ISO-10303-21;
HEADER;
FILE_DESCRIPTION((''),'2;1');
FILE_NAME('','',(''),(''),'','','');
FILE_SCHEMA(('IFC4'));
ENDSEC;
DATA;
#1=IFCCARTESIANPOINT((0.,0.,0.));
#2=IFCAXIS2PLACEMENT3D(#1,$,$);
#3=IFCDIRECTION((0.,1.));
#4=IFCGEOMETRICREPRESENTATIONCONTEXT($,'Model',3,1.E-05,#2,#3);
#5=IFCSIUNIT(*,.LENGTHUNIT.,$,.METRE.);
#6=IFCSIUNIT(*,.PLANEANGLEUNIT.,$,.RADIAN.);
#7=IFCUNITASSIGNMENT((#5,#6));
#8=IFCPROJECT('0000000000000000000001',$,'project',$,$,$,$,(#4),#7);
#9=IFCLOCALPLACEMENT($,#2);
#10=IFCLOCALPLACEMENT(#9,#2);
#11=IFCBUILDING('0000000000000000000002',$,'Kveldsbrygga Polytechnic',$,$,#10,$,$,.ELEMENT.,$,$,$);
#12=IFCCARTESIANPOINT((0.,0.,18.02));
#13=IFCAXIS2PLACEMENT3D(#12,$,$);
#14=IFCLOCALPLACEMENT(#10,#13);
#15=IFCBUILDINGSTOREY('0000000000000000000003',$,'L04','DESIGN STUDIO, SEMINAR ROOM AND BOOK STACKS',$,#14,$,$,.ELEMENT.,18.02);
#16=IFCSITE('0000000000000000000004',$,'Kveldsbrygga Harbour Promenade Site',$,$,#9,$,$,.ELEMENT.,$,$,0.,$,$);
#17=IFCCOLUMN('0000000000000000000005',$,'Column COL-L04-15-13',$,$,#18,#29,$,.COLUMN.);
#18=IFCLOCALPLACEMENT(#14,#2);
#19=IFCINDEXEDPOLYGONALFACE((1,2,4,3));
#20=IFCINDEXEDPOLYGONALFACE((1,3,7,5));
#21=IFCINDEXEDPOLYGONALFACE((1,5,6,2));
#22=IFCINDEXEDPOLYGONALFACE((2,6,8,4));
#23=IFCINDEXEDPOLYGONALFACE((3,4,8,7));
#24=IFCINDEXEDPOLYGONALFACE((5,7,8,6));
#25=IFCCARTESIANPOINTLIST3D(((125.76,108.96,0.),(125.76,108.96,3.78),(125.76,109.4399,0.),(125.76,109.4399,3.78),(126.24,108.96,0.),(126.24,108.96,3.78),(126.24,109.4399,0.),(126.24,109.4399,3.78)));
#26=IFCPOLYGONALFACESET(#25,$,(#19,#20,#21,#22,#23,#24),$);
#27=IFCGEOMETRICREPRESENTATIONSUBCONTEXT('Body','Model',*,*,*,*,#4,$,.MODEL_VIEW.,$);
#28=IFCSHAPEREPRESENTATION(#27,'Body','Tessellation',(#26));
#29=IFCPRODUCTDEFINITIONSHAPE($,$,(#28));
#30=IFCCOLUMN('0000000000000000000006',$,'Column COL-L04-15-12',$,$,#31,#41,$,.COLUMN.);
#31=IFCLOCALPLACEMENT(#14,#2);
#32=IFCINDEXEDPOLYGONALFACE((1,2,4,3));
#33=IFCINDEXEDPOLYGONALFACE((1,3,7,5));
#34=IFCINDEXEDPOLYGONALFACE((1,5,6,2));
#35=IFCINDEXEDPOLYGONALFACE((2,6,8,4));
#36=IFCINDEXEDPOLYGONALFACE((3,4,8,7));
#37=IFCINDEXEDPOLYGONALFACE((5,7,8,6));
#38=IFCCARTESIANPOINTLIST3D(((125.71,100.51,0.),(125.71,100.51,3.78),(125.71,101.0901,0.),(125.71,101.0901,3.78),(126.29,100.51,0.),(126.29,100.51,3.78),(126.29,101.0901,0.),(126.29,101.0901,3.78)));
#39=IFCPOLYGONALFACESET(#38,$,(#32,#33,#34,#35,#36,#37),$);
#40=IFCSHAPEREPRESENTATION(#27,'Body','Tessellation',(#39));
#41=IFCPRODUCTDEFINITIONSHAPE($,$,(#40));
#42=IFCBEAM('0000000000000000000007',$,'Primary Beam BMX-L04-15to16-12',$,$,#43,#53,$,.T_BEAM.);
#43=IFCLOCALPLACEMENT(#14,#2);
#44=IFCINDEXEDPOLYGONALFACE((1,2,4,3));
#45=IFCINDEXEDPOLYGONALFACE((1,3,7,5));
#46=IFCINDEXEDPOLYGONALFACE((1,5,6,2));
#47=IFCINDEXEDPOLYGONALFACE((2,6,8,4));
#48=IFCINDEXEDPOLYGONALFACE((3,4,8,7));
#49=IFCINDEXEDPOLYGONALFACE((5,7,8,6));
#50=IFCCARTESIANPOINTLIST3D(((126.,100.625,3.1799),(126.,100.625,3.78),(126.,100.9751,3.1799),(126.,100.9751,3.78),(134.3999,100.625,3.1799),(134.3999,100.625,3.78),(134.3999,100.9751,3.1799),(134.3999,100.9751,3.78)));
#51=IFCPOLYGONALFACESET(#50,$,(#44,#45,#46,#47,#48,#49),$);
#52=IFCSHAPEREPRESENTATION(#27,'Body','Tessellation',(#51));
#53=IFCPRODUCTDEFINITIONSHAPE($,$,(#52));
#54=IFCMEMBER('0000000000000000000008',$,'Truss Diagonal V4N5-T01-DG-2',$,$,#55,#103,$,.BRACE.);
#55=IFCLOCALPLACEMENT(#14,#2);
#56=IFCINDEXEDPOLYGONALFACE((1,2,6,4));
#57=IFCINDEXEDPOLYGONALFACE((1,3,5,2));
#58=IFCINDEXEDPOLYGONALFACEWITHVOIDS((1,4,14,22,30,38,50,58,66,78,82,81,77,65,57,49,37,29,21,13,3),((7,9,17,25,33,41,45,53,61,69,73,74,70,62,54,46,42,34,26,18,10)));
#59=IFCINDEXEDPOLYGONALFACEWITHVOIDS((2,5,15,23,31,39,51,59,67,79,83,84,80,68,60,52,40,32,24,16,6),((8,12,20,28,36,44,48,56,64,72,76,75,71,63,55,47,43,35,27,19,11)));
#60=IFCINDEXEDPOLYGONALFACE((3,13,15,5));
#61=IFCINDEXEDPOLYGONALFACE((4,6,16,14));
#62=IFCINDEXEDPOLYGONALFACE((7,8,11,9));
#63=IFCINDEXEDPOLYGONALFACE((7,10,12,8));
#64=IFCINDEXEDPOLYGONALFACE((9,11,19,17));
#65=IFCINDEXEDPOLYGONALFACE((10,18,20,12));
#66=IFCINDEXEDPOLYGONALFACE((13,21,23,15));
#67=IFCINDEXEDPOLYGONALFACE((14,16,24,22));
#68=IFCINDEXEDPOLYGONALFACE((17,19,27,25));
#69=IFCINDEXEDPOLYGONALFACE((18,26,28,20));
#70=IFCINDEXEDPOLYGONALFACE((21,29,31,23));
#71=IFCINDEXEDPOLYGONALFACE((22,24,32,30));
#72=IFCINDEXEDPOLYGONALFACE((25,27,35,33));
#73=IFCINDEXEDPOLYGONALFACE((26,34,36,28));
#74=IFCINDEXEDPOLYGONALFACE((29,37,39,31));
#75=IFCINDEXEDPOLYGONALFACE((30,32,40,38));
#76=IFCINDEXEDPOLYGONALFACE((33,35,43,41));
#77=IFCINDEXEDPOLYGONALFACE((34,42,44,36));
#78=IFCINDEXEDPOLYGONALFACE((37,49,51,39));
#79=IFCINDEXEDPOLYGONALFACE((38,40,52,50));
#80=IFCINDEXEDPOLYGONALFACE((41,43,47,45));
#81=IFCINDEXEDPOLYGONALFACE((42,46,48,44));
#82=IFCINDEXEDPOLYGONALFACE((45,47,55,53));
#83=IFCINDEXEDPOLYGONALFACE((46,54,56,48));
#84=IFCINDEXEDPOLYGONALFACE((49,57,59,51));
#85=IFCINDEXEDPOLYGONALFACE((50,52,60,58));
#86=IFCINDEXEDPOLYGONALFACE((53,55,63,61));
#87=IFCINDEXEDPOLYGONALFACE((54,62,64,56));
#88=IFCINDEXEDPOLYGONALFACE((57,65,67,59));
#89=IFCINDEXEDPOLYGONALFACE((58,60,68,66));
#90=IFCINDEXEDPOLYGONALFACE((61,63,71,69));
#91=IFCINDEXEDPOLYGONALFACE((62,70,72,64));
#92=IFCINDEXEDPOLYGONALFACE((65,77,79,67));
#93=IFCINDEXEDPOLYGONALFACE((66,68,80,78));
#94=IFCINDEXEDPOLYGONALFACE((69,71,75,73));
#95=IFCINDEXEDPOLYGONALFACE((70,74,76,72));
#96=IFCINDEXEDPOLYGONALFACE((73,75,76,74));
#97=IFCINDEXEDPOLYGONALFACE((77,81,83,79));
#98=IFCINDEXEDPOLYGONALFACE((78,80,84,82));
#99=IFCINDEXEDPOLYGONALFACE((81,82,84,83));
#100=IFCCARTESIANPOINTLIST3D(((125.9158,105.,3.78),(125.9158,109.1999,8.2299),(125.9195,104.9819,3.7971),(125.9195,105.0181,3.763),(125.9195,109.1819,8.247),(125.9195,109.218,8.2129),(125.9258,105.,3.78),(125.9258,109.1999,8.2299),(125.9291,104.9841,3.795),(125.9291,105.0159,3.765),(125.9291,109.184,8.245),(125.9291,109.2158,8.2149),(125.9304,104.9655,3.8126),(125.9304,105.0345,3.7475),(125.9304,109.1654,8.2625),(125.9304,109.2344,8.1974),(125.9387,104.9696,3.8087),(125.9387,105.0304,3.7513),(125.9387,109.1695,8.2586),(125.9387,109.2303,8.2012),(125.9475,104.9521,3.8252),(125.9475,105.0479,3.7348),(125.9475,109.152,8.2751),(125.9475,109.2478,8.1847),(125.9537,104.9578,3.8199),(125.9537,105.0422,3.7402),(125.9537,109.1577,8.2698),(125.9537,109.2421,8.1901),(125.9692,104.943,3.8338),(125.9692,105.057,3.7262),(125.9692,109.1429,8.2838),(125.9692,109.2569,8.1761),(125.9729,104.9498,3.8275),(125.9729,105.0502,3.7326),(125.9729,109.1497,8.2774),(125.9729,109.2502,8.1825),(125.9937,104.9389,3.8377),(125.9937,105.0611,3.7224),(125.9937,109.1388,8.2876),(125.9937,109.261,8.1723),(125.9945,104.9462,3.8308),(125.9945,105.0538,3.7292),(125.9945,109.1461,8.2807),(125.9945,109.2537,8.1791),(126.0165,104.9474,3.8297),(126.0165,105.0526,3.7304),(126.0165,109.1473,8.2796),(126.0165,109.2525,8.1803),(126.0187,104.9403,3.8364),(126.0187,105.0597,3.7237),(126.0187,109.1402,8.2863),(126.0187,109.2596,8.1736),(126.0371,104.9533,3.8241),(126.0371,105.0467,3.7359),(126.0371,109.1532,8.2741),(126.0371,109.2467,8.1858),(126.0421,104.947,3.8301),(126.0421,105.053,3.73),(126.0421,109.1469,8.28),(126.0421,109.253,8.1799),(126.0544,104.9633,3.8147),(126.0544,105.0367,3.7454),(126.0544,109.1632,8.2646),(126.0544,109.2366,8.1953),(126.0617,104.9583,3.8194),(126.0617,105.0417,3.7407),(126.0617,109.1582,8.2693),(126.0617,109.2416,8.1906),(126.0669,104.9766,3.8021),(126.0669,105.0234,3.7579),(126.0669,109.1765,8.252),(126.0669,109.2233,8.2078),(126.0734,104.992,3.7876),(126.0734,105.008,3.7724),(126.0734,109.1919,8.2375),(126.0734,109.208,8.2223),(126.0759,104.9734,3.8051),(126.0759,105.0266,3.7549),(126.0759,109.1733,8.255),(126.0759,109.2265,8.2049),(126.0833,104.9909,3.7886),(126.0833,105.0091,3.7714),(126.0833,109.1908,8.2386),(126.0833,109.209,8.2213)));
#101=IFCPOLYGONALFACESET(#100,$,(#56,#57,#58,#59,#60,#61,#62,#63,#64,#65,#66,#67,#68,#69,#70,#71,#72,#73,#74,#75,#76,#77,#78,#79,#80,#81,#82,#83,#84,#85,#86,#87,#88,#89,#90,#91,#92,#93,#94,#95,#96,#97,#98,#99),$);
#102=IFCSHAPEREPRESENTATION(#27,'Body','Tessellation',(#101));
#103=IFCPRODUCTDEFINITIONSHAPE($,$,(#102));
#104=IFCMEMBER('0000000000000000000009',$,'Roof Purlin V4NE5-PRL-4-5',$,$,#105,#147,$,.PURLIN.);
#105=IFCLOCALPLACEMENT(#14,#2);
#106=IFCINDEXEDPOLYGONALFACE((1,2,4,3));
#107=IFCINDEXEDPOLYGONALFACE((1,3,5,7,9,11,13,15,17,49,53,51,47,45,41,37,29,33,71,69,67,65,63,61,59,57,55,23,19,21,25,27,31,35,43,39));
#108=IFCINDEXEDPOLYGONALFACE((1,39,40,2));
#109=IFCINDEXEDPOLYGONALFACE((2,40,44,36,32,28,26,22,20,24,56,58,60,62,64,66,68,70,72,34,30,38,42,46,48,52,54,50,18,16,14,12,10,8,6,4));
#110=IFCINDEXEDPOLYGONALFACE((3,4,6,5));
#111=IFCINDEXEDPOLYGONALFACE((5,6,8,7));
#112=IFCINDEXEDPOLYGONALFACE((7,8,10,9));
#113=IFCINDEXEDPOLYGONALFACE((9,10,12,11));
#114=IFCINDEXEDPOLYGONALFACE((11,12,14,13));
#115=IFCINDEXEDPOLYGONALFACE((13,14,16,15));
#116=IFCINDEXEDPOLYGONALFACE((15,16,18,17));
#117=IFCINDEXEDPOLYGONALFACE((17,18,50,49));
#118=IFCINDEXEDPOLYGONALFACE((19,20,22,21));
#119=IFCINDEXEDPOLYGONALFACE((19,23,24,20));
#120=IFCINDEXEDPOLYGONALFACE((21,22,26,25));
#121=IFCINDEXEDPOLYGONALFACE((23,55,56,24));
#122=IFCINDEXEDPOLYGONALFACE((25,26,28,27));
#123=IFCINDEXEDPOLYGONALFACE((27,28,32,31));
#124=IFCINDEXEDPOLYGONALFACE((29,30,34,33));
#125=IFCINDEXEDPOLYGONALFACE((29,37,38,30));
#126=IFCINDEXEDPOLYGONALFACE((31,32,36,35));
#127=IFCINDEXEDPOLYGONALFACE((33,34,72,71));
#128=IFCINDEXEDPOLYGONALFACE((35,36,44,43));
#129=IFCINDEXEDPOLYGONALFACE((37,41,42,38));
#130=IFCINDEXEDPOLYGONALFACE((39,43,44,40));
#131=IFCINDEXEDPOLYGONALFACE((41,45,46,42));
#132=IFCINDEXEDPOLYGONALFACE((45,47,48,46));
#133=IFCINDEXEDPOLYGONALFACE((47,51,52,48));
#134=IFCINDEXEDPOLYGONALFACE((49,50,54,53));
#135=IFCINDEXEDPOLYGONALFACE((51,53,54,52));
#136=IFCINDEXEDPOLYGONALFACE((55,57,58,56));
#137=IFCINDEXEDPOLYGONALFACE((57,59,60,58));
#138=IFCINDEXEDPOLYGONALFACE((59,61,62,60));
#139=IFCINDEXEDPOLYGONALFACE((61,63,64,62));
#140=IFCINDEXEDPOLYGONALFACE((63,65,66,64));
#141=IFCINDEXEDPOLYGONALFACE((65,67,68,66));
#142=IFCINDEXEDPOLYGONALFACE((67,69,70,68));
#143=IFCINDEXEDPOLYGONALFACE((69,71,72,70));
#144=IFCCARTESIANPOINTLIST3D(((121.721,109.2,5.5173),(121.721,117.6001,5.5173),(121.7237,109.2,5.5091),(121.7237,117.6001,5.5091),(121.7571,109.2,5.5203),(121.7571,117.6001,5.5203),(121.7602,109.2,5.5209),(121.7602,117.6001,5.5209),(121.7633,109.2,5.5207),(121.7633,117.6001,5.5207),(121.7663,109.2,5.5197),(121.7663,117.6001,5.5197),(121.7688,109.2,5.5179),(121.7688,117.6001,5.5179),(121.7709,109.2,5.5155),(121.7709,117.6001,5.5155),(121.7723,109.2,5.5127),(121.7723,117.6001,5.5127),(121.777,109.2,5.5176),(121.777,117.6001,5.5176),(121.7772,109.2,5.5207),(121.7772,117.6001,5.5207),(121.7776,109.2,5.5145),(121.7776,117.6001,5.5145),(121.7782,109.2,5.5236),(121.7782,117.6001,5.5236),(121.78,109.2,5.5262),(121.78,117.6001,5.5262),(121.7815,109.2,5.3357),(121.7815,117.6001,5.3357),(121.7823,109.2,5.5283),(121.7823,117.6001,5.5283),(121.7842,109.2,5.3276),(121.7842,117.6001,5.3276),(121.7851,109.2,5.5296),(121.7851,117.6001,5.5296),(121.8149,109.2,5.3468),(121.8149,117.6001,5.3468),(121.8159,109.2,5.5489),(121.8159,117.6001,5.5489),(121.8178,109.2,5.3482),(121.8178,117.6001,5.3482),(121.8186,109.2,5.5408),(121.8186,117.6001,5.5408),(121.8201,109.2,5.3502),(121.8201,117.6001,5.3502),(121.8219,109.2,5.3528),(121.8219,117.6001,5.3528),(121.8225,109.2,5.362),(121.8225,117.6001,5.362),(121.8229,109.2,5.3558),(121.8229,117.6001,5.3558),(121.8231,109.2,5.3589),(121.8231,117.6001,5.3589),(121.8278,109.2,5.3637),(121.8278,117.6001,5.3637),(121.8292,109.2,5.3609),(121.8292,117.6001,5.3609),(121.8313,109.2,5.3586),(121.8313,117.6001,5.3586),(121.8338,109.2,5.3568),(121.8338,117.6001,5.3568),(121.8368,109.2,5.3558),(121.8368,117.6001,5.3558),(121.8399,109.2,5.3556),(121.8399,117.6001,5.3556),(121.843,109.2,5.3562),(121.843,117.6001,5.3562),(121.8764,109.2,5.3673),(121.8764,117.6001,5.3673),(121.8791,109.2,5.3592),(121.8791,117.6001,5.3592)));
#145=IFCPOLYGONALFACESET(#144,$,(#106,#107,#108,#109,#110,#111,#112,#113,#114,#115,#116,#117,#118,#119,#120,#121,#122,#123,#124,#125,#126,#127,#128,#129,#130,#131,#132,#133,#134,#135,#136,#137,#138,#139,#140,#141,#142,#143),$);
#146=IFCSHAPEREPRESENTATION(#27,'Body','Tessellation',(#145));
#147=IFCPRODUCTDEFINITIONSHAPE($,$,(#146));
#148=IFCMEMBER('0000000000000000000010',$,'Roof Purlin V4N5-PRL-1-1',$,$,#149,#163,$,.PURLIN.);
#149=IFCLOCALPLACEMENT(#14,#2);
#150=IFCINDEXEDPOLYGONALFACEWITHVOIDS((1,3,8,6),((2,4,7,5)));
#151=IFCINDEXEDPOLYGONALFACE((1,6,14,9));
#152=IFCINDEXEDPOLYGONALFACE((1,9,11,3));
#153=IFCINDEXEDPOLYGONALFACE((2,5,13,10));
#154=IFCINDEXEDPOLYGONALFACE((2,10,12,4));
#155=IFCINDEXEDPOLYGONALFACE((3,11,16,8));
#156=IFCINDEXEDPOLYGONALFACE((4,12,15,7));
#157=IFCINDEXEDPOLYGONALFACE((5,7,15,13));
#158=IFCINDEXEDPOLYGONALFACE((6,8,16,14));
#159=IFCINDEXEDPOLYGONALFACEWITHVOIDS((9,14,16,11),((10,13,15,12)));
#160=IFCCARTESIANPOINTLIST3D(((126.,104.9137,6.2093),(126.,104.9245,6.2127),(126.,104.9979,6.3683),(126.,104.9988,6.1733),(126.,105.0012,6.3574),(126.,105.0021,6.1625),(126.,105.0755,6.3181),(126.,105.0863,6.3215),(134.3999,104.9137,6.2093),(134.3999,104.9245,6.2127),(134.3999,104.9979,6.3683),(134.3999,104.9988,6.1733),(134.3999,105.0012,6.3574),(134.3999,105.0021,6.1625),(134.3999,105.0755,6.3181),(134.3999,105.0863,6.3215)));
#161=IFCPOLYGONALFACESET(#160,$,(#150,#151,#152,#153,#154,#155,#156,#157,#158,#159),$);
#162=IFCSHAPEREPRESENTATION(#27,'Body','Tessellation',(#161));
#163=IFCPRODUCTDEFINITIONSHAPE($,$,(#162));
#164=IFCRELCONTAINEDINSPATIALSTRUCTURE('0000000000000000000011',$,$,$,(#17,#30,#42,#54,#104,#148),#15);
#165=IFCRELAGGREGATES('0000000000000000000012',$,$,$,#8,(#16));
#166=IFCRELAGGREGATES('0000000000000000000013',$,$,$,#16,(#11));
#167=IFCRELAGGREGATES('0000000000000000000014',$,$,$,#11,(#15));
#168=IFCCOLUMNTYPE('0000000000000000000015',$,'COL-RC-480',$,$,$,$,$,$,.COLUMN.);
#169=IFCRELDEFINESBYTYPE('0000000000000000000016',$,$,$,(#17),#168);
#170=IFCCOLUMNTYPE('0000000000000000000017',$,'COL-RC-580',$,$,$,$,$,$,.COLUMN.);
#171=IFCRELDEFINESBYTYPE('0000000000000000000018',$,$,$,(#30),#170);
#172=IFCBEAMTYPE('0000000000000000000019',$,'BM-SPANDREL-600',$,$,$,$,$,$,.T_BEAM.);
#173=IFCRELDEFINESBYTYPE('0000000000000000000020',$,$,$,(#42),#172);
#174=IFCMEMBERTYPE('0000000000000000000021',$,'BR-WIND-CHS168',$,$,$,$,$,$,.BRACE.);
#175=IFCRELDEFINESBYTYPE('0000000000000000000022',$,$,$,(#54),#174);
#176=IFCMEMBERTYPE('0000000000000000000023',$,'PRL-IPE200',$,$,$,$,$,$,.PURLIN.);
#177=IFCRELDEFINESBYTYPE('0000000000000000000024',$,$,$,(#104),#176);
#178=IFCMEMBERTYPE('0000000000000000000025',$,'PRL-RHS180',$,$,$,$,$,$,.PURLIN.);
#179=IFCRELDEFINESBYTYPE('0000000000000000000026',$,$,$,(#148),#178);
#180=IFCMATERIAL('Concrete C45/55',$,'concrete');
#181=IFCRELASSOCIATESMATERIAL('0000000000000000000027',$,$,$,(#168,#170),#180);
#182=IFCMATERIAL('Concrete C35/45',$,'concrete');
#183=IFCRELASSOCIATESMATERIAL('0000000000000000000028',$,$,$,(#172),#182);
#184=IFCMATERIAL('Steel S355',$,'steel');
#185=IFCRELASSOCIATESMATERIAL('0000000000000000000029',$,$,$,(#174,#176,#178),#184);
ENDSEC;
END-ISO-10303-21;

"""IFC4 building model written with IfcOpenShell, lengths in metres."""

from ifc_helpers import new_model, si_unit, direction, frame, origin, origin_2d, place, context, subcontext, project, spatial, rectangle, hollow_rectangle, hollow_circle, i_section, extrude, material, material_profile, profile_set, type_object, element, save


model = new_model("IFC4")

# Units and contexts
model_context = context("Model", 3, precision=1e-05, world=origin(), true_north=direction((0.0, 1.0)))
body_context = subcontext(model_context, "Body", "Model", "MODEL_VIEW")
ifc_project = project(units=[si_unit("LENGTHUNIT", "METRE"), si_unit("PLANEANGLEUNIT", "RADIAN")], contexts=[model_context])

# Site, building, storey
site_placement = place(None, origin())
site = spatial("IfcSite", under=ifc_project, at=site_placement, Name="Kveldsbrygga Harbour Promenade Site", CompositionType="ELEMENT", RefElevation=0.0)
building_placement = place(site_placement, origin())
building = spatial("IfcBuilding", under=site, at=building_placement, Name="Kveldsbrygga Polytechnic", CompositionType="ELEMENT")
storey_placement = place(building_placement, frame((0.0, 0.0, 18.02)))
storey = spatial("IfcBuildingStorey", under=building, at=storey_placement, Name="L04", Description="DESIGN STUDIO, SEMINAR ROOM AND BOOK STACKS", CompositionType="ELEMENT", Elevation=18.02)

# Columns
ifc_material_1 = material(Name="Concrete C45/55", Category="concrete")
ifc_material_profile_1 = material_profile(ifc_material_1, rectangle(XDim=0.48, YDim=0.48, at=origin_2d()), Name="RC 480x480")
ifc_profile_set_1 = profile_set([ifc_material_profile_1], Name="Concrete C45/55")
column_type_1 = type_object("IfcColumnType", Name="COL-RC-480", PredefinedType="COLUMN", material=ifc_profile_set_1)
column_1_placement = place(storey_placement, frame((126.0, 109.2, 0.0), z_axis=(0.0, 0.0, 1.0), x_axis=(1.0, 0.0, 0.0)))
element("IfcColumn", 1, at=column_1_placement, inside=storey, type_object=column_type_1, Name="Column COL-L04-15-13", PredefinedType="COLUMN", context=body_context, shape_type="SweptSolid", body=[
    extrude(rectangle(XDim=0.48, YDim=0.48, at=origin_2d()), origin(), (0.0, 0.0, 1.0), 3.78),
])
ifc_material_profile_2 = material_profile(ifc_material_1, rectangle(XDim=0.5801, YDim=0.5801, at=origin_2d()), Name="RC 580x580")
ifc_profile_set_2 = profile_set([ifc_material_profile_2], Name="Concrete C45/55")
column_type_2 = type_object("IfcColumnType", Name="COL-RC-580", PredefinedType="COLUMN", material=ifc_profile_set_2)
column_2_placement = place(storey_placement, frame((126.0, 100.8, 0.0), z_axis=(0.0, 0.0, 1.0), x_axis=(1.0, 0.0, 0.0)))
element("IfcColumn", 2, at=column_2_placement, inside=storey, type_object=column_type_2, Name="Column COL-L04-15-12", PredefinedType="COLUMN", context=body_context, shape_type="SweptSolid", body=[
    extrude(rectangle(XDim=0.5801, YDim=0.5801, at=origin_2d()), origin(), (0.0, 0.0, 1.0), 3.78),
])

# Beam
ifc_material_2 = material(Name="Concrete C35/45", Category="concrete")
ifc_material_profile_3 = material_profile(ifc_material_2, rectangle(XDim=0.3501, YDim=0.6001, at=origin_2d()), Name="RC 350x600")
ifc_profile_set_3 = profile_set([ifc_material_profile_3], Name="Concrete C35/45")
beam_type = type_object("IfcBeamType", Name="BM-SPANDREL-600", PredefinedType="T_BEAM", material=ifc_profile_set_3)
beam_placement = place(storey_placement, frame((126.0, 100.8, 3.48), z_axis=(1.0, 0.0, 0.0), x_axis=(0.0, 1.0, 0.0)))
element("IfcBeam", 3, at=beam_placement, inside=storey, type_object=beam_type, Name="Primary Beam BMX-L04-15to16-12", PredefinedType="T_BEAM", context=body_context, shape_type="SweptSolid", body=[
    extrude(rectangle(XDim=0.3501, YDim=0.6001, at=origin_2d()), origin(), (0.0, 0.0, 1.0), 8.3999),
])

# Members
ifc_material_3 = material(Name="Steel S355", Category="steel")
ifc_material_profile_4 = material_profile(ifc_material_3, hollow_circle(Radius=0.0842, WallThickness=0.01, at=origin_2d()), Name="CHS 168.3x10.0")
ifc_profile_set_4 = profile_set([ifc_material_profile_4], Name="Steel S355")
member_type_1 = type_object("IfcMemberType", Name="BR-WIND-CHS168", PredefinedType="BRACE", material=ifc_profile_set_4)
member_1_placement = place(storey_placement, frame((126.0, 105.0, 3.78), z_axis=(0.0, 0.686383, 0.72724), x_axis=(-1.0, 0.0, 0.0)))
element("IfcMember", 4, at=member_1_placement, inside=storey, type_object=member_type_1, Name="Truss Diagonal V4N5-T01-DG-2", PredefinedType="BRACE", context=body_context, shape_type="SweptSolid", body=[
    extrude(hollow_circle(Radius=0.0842, WallThickness=0.01, at=origin_2d()), origin(), (0.0, 0.0, 1.0), 6.1189),
])
ifc_material_profile_5 = material_profile(ifc_material_3, i_section(OverallWidth=0.1001, OverallDepth=0.2, WebThickness=0.0056, FlangeThickness=0.0085, FilletRadius=0.012, at=origin_2d()), Name="IPE 200")
ifc_profile_set_5 = profile_set([ifc_material_profile_5], Name="Steel S355")
member_type_2 = type_object("IfcMemberType", Name="PRL-IPE200", PredefinedType="PURLIN", material=ifc_profile_set_5)
member_2_placement = place(storey_placement, frame((121.8, 109.2, 5.4382), z_axis=(0.0, 1.0, 0.0), x_axis=(-0.948684, 0.0, -0.316227)))
element("IfcMember", 5, at=member_2_placement, inside=storey, type_object=member_type_2, Name="Roof Purlin V4NE5-PRL-4-5", PredefinedType="PURLIN", context=body_context, shape_type="SweptSolid", body=[
    extrude(i_section(OverallWidth=0.1001, OverallDepth=0.2, WebThickness=0.0056, FlangeThickness=0.0085, FilletRadius=0.012, at=origin_2d()), origin(), (0.0, 0.0, 1.0), 8.4001),
])
ifc_material_profile_6 = material_profile(ifc_material_3, hollow_rectangle(XDim=0.1001, YDim=0.1799, WallThickness=0.0081, at=origin_2d()), Name="RHS 180x100x8.0")
ifc_profile_set_6 = profile_set([ifc_material_profile_6], Name="Steel S355")
member_type_3 = type_object("IfcMemberType", Name="PRL-RHS180", PredefinedType="PURLIN", material=ifc_profile_set_6)
member_3_placement = place(storey_placement, frame((126.0, 105.0, 6.2654), z_axis=(1.0, 0.0, 0.0), x_axis=(0.0, 0.88366, -0.468129)))
element("IfcMember", 6, at=member_3_placement, inside=storey, type_object=member_type_3, Name="Roof Purlin V4N5-PRL-1-1", PredefinedType="PURLIN", context=body_context, shape_type="SweptSolid", body=[
    extrude(hollow_rectangle(XDim=0.1001, YDim=0.1799, WallThickness=0.0081, at=origin_2d()), origin(), (0.0, 0.0, 1.0), 8.3999),
])

save(model, "model.ifc")
